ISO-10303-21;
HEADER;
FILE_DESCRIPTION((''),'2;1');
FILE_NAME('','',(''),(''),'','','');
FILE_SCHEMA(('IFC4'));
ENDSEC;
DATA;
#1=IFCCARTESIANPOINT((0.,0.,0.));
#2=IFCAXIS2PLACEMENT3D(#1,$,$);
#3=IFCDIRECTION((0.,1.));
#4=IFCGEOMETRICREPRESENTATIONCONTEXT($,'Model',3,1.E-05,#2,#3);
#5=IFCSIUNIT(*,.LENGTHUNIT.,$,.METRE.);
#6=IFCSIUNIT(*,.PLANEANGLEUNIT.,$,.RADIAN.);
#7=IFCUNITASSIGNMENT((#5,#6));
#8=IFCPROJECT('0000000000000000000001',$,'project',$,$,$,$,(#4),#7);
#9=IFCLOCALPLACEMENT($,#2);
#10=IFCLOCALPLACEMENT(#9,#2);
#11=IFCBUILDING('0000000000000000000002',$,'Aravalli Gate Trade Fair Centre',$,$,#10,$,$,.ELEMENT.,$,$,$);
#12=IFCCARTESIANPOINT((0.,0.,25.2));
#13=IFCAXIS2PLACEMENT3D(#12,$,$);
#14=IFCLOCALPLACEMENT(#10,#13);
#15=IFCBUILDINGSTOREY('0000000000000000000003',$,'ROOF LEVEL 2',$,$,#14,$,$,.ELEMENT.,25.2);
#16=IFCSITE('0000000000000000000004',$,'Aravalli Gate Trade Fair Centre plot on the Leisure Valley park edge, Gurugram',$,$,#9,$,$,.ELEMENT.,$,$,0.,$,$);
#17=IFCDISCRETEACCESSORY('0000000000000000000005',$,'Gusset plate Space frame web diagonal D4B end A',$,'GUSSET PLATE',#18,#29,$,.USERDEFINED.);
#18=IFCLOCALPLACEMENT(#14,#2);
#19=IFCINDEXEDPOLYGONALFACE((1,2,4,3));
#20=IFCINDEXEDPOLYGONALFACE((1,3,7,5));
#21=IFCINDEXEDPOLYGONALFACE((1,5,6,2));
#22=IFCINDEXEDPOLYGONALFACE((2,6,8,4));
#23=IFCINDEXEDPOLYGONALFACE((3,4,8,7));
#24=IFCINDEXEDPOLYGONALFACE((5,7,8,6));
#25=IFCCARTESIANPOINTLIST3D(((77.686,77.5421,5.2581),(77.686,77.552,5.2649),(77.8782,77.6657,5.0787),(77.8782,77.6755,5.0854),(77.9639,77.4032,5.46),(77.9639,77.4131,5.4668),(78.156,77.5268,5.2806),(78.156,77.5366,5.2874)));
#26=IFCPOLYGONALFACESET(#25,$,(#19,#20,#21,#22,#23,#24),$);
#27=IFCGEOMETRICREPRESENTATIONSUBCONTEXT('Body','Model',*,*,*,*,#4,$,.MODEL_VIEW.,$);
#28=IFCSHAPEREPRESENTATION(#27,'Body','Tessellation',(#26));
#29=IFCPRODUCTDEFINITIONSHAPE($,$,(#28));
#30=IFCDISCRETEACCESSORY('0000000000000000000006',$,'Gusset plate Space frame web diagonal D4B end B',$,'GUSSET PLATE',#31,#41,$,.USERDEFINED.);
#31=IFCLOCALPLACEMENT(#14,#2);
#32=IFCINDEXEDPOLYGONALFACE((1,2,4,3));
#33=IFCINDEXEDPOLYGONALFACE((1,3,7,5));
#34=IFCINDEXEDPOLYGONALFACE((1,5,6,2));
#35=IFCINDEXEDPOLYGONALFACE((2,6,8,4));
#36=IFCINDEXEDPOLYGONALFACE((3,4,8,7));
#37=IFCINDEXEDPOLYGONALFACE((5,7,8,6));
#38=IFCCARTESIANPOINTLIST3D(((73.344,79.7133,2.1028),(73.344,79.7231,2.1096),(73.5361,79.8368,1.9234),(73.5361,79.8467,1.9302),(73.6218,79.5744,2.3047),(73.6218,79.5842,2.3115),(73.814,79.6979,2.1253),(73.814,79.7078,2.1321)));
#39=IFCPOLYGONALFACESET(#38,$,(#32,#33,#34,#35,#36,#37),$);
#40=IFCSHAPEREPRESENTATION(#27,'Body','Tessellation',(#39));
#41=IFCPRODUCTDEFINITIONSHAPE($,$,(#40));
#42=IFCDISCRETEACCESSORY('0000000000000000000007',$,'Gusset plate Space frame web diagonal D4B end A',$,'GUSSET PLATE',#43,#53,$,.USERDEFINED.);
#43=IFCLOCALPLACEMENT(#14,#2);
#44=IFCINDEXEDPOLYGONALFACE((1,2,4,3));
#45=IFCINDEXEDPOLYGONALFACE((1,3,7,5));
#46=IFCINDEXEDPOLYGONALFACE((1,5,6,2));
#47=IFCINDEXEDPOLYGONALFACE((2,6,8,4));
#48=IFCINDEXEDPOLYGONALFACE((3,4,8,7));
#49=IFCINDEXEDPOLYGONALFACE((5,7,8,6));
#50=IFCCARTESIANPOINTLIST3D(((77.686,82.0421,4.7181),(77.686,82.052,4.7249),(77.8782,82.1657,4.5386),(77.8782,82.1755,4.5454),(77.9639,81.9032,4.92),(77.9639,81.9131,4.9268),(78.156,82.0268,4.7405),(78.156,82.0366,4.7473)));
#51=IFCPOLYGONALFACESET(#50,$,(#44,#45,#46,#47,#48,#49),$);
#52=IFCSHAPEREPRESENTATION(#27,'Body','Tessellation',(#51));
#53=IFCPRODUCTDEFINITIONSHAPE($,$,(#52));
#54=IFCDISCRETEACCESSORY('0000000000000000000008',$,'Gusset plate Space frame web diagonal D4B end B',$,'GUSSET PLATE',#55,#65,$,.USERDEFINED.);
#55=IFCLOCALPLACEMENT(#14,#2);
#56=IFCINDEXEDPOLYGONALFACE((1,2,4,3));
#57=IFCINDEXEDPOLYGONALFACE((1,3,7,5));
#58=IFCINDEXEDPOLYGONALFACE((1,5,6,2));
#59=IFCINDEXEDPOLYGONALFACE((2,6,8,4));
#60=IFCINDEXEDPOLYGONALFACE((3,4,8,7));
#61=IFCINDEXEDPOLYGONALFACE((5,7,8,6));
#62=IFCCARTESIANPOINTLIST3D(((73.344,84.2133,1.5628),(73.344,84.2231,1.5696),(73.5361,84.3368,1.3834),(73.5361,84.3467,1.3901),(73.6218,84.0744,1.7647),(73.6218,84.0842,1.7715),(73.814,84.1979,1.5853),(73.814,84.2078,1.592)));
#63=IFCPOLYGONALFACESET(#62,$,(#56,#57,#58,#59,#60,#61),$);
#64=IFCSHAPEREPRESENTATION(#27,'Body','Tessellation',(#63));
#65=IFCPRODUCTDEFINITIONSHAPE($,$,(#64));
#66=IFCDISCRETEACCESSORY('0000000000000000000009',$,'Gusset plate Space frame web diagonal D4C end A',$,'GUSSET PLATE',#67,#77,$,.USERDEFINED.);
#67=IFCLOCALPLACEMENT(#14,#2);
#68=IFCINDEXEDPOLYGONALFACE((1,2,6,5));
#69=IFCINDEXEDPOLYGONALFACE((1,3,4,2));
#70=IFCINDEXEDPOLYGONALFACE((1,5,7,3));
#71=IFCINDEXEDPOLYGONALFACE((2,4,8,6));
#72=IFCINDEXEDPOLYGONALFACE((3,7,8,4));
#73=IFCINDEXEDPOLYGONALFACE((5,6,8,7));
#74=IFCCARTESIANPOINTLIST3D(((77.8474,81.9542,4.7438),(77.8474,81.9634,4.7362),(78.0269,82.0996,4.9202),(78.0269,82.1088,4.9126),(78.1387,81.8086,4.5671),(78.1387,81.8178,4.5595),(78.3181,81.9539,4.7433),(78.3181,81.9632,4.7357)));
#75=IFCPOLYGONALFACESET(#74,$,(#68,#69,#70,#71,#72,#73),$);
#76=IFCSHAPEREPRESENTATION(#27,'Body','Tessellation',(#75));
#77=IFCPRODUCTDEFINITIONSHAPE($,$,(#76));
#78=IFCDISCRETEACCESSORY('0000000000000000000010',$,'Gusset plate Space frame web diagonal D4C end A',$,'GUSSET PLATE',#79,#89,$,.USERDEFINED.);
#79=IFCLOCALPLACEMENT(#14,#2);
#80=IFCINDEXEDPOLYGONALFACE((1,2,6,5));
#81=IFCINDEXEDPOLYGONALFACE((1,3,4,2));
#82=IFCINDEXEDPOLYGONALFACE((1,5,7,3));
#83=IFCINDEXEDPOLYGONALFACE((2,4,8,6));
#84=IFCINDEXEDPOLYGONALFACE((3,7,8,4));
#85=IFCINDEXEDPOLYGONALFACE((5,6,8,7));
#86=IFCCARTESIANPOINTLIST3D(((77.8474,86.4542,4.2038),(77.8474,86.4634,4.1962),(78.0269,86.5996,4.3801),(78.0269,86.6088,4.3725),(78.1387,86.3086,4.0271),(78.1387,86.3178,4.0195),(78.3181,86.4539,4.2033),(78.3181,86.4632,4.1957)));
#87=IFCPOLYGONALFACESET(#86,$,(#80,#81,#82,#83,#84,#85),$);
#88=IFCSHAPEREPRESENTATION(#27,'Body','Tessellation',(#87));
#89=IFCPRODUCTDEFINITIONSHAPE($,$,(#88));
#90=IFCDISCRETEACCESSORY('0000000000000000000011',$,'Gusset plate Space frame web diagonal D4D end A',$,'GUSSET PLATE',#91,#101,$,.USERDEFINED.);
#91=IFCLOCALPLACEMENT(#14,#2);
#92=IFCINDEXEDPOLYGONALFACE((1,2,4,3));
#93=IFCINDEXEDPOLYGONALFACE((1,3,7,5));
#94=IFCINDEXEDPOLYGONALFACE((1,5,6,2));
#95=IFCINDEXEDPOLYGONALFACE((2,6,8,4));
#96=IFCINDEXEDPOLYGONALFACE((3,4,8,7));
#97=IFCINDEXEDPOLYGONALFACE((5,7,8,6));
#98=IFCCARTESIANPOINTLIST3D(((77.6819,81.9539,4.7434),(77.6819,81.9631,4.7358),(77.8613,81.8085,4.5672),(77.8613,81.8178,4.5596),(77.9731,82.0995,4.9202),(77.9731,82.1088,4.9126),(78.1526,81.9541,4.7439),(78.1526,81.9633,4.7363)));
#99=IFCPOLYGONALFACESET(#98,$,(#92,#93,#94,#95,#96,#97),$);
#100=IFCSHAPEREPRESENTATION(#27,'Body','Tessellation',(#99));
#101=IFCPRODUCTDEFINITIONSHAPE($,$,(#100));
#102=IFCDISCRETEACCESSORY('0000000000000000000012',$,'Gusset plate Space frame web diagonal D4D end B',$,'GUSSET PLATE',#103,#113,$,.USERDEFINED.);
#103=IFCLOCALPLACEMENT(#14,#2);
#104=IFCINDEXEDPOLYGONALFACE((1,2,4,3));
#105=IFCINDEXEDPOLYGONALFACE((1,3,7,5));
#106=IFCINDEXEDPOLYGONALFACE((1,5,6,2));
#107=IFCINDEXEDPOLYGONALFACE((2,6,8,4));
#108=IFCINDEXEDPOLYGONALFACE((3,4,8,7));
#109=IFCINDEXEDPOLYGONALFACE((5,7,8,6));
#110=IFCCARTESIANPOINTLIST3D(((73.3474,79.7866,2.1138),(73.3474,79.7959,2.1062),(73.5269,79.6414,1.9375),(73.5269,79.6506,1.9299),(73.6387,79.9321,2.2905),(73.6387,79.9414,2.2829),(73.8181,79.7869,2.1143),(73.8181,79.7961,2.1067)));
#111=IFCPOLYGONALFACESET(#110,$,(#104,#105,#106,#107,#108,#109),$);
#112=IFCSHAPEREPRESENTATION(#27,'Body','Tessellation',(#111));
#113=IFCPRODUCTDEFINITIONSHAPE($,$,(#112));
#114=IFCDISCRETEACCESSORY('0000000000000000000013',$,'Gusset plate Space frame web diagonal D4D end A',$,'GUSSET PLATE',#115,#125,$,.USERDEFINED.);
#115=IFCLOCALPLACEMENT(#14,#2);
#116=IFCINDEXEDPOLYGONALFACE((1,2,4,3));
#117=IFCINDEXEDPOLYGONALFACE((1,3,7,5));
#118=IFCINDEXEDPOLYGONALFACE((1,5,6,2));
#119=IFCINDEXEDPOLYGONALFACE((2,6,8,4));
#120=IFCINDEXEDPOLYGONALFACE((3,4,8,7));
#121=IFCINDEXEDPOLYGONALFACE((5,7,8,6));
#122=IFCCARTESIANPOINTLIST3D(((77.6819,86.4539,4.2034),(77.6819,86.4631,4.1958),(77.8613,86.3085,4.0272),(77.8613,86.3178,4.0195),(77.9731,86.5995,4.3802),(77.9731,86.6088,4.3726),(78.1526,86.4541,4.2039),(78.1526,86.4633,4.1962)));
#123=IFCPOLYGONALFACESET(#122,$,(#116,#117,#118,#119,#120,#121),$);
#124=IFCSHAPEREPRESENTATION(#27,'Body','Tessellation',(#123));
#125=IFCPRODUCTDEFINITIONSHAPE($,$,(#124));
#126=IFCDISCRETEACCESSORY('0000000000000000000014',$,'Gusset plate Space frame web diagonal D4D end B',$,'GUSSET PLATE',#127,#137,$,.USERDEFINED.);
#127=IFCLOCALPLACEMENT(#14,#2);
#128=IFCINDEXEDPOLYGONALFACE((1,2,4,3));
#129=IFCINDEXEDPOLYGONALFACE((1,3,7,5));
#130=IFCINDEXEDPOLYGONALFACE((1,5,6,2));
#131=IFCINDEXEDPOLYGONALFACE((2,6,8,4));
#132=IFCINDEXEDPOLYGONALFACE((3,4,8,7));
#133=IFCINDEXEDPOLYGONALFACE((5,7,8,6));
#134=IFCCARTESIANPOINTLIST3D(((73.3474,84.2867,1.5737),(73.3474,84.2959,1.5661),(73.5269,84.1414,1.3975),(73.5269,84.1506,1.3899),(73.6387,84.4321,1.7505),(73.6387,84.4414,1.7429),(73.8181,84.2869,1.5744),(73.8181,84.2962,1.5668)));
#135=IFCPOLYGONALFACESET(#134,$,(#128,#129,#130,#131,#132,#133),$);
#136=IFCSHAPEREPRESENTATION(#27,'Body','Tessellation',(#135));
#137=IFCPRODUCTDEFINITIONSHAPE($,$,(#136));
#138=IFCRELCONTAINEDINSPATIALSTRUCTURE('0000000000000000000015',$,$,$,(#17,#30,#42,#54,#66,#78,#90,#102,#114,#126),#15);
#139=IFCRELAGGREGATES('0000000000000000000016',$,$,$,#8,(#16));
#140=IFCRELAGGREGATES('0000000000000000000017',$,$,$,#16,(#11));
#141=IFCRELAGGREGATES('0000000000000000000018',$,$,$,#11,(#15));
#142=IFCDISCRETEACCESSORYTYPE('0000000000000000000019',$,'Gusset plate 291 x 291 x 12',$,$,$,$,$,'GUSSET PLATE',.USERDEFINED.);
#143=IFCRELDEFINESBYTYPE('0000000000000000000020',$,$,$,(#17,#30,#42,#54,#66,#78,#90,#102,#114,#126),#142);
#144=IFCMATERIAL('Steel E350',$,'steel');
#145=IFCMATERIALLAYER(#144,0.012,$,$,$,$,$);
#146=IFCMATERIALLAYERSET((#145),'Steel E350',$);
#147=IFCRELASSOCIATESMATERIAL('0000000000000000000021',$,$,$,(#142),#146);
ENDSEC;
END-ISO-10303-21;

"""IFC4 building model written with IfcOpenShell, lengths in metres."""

from ifc_helpers import new_model, si_unit, direction, frame, origin, place, context, subcontext, project, spatial, polyline, outline, extrude, material, layer, layer_set, type_object, element, save


model = new_model("IFC4")

# Units and contexts
model_context = context("Model", 3, precision=1e-05, world=origin(), true_north=direction((0.0, 1.0)))
body_context = subcontext(model_context, "Body", "Model", "MODEL_VIEW")
ifc_project = project(units=[si_unit("LENGTHUNIT", "METRE"), si_unit("PLANEANGLEUNIT", "RADIAN")], contexts=[model_context])

# Site, building, storey
site_placement = place(None, origin())
site = spatial("IfcSite", under=ifc_project, at=site_placement, Name="Aravalli Gate Trade Fair Centre plot on the Leisure Valley park edge, Gurugram", CompositionType="ELEMENT", RefElevation=0.0)
building_placement = place(site_placement, origin())
building = spatial("IfcBuilding", under=site, at=building_placement, Name="Aravalli Gate Trade Fair Centre", CompositionType="ELEMENT")
storey_placement = place(building_placement, frame((0.0, 0.0, 25.2)))
storey = spatial("IfcBuildingStorey", under=building, at=storey_placement, Name="ROOF LEVEL 2", CompositionType="ELEMENT", Elevation=25.2)

# Shared definitions
ifc_material_1 = material(Name="Steel E350", Category="steel")

# Discrete accessories
ifc_layer_1 = layer(ifc_material_1, 0.012)
ifc_layer_set_1 = layer_set([ifc_layer_1], Name="Steel E350")
discrete_accessory_type = type_object("IfcDiscreteAccessoryType", Name="Gusset plate 291 x 291 x 12", ElementType="GUSSET PLATE", PredefinedType="USERDEFINED", material=ifc_layer_set_1)
discrete_accessory_1_placement = place(storey_placement, frame((77.686, 77.552, 5.2649), z_axis=(-0.000137, 0.82375, 0.566952), x_axis=(0.749929, -0.374965, 0.544984)))
element("IfcDiscreteAccessory", 1, at=discrete_accessory_1_placement, inside=storey, type_object=discrete_accessory_type, Name="Gusset plate Space frame web diagonal D4B end A", ObjectType="GUSSET PLATE", PredefinedType="USERDEFINED", context=body_context, shape_type="SweptSolid", body=[
    extrude(outline(polyline([(0.0, 0.0), (0.3705, 0.0), (0.3705, 0.2905), (0.0, 0.2905), (0.0, 0.0)])), origin(), (0.0, 0.0, -1.0), 0.012),
])
discrete_accessory_2_placement = place(storey_placement, frame((73.6218, 79.5842, 2.3115), z_axis=(-0.000137, 0.82375, 0.566952), x_axis=(-0.749929, 0.374965, -0.544984)))
element("IfcDiscreteAccessory", 2, at=discrete_accessory_2_placement, inside=storey, type_object=discrete_accessory_type, Name="Gusset plate Space frame web diagonal D4B end B", ObjectType="GUSSET PLATE", PredefinedType="USERDEFINED", context=body_context, shape_type="SweptSolid", body=[
    extrude(outline(polyline([(0.0, 0.0), (0.3705, 0.0), (0.3705, -0.2905), (0.0, -0.2905), (0.0, 0.0)])), origin(), (0.0, 0.0, -1.0), 0.012),
])
discrete_accessory_3_placement = place(storey_placement, frame((77.686, 82.052, 4.7249), z_axis=(-0.000137, 0.82375, 0.566952), x_axis=(0.749929, -0.374965, 0.544984)))
element("IfcDiscreteAccessory", 3, at=discrete_accessory_3_placement, inside=storey, type_object=discrete_accessory_type, Name="Gusset plate Space frame web diagonal D4B end A", ObjectType="GUSSET PLATE", PredefinedType="USERDEFINED", context=body_context, shape_type="SweptSolid", body=[
    extrude(outline(polyline([(0.0, 0.0), (0.3705, 0.0), (0.3705, 0.2905), (0.0, 0.2905), (0.0, 0.0)])), origin(), (0.0, 0.0, -1.0), 0.012),
])
discrete_accessory_4_placement = place(storey_placement, frame((73.6218, 84.0842, 1.7715), z_axis=(-0.000137, 0.82375, 0.566952), x_axis=(-0.749929, 0.374965, -0.544984)))
element("IfcDiscreteAccessory", 4, at=discrete_accessory_4_placement, inside=storey, type_object=discrete_accessory_type, Name="Gusset plate Space frame web diagonal D4B end B", ObjectType="GUSSET PLATE", PredefinedType="USERDEFINED", context=body_context, shape_type="SweptSolid", body=[
    extrude(outline(polyline([(0.0, 0.0), (0.3705, 0.0), (0.3705, -0.2905), (0.0, -0.2905), (0.0, 0.0)])), origin(), (0.0, 0.0, -1.0), 0.012),
])
for number, where, z_axis, x_axis, name in (
    (5, (78.1387, 81.8086, 4.5671), (0.00026, -0.771582, 0.63613), (-0.78619, 0.392962, 0.476956), "Gusset plate Space frame web diagonal D4C end A"),
    (6, (78.1387, 86.3086, 4.0271), (0.00026, -0.771582, 0.63613), (-0.78619, 0.392962, 0.476956), "Gusset plate Space frame web diagonal D4C end A"),
):
    element("IfcDiscreteAccessory", number, at=place(storey_placement, frame(where, z_axis=z_axis, x_axis=x_axis)), inside=storey, type_object=discrete_accessory_type, Name=name, ObjectType="GUSSET PLATE", PredefinedType="USERDEFINED", context=body_context, shape_type="SweptSolid", body=[
        extrude(outline(polyline([(0.0, 0.0), (0.3705, 0.0), (0.3706, -0.2906), (0.0001, -0.2905), (0.0, 0.0)])), origin(), (0.0, 0.0, -1.0), 0.012),
    ])
discrete_accessory_5_placement = place(storey_placement, frame((77.6819, 81.9539, 4.7434), z_axis=(-0.00026, -0.771582, 0.63613), x_axis=(0.785986, 0.393126, 0.477156)))
element("IfcDiscreteAccessory", 7, at=discrete_accessory_5_placement, inside=storey, type_object=discrete_accessory_type, Name="Gusset plate Space frame web diagonal D4D end A", ObjectType="GUSSET PLATE", PredefinedType="USERDEFINED", context=body_context, shape_type="SweptSolid", body=[
    extrude(outline(polyline([(0.0, 0.0), (0.3706, 0.0), (0.3703, -0.2906), (-0.0002, -0.2905), (0.0, 0.0)])), origin(), (0.0, 0.0, -1.0), 0.012),
])
discrete_accessory_6_placement = place(storey_placement, frame((73.6387, 79.9321, 2.2905), z_axis=(-0.000259, -0.771844, 0.635812), x_axis=(-0.78619, -0.392765, -0.477118)))
element("IfcDiscreteAccessory", 8, at=discrete_accessory_6_placement, inside=storey, type_object=discrete_accessory_type, Name="Gusset plate Space frame web diagonal D4D end B", ObjectType="GUSSET PLATE", PredefinedType="USERDEFINED", context=body_context, shape_type="SweptSolid", body=[
    extrude(outline(polyline([(0.0, 0.0), (0.3705, 0.0), (0.3705, 0.2905), (0.0001, 0.2905), (0.0, 0.0)])), origin(), (0.0, 0.0, -1.0), 0.012),
])
discrete_accessory_7_placement = place(storey_placement, frame((77.6819, 86.4539, 4.2034), z_axis=(-0.00026, -0.771582, 0.63613), x_axis=(0.785986, 0.393126, 0.477156)))
element("IfcDiscreteAccessory", 9, at=discrete_accessory_7_placement, inside=storey, type_object=discrete_accessory_type, Name="Gusset plate Space frame web diagonal D4D end A", ObjectType="GUSSET PLATE", PredefinedType="USERDEFINED", context=body_context, shape_type="SweptSolid", body=[
    extrude(outline(polyline([(0.0, 0.0), (0.3706, 0.0), (0.3703, -0.2906), (-0.0002, -0.2905), (0.0, 0.0)])), origin(), (0.0, 0.0, -1.0), 0.012),
])
discrete_accessory_8_placement = place(storey_placement, frame((73.6387, 84.4321, 1.7505), z_axis=(-0.000589, -0.771792, 0.635874), x_axis=(-0.78619, -0.392604, -0.477251)))
element("IfcDiscreteAccessory", 10, at=discrete_accessory_8_placement, inside=storey, type_object=discrete_accessory_type, Name="Gusset plate Space frame web diagonal D4D end B", ObjectType="GUSSET PLATE", PredefinedType="USERDEFINED", context=body_context, shape_type="SweptSolid", body=[
    extrude(outline(polyline([(0.0, 0.0), (0.3705, 0.0), (0.3705, 0.2905), (0.0, 0.2903), (0.0, 0.0)])), origin(), (0.0, 0.0, -1.0), 0.012),
])

save(model, "model.ifc")
